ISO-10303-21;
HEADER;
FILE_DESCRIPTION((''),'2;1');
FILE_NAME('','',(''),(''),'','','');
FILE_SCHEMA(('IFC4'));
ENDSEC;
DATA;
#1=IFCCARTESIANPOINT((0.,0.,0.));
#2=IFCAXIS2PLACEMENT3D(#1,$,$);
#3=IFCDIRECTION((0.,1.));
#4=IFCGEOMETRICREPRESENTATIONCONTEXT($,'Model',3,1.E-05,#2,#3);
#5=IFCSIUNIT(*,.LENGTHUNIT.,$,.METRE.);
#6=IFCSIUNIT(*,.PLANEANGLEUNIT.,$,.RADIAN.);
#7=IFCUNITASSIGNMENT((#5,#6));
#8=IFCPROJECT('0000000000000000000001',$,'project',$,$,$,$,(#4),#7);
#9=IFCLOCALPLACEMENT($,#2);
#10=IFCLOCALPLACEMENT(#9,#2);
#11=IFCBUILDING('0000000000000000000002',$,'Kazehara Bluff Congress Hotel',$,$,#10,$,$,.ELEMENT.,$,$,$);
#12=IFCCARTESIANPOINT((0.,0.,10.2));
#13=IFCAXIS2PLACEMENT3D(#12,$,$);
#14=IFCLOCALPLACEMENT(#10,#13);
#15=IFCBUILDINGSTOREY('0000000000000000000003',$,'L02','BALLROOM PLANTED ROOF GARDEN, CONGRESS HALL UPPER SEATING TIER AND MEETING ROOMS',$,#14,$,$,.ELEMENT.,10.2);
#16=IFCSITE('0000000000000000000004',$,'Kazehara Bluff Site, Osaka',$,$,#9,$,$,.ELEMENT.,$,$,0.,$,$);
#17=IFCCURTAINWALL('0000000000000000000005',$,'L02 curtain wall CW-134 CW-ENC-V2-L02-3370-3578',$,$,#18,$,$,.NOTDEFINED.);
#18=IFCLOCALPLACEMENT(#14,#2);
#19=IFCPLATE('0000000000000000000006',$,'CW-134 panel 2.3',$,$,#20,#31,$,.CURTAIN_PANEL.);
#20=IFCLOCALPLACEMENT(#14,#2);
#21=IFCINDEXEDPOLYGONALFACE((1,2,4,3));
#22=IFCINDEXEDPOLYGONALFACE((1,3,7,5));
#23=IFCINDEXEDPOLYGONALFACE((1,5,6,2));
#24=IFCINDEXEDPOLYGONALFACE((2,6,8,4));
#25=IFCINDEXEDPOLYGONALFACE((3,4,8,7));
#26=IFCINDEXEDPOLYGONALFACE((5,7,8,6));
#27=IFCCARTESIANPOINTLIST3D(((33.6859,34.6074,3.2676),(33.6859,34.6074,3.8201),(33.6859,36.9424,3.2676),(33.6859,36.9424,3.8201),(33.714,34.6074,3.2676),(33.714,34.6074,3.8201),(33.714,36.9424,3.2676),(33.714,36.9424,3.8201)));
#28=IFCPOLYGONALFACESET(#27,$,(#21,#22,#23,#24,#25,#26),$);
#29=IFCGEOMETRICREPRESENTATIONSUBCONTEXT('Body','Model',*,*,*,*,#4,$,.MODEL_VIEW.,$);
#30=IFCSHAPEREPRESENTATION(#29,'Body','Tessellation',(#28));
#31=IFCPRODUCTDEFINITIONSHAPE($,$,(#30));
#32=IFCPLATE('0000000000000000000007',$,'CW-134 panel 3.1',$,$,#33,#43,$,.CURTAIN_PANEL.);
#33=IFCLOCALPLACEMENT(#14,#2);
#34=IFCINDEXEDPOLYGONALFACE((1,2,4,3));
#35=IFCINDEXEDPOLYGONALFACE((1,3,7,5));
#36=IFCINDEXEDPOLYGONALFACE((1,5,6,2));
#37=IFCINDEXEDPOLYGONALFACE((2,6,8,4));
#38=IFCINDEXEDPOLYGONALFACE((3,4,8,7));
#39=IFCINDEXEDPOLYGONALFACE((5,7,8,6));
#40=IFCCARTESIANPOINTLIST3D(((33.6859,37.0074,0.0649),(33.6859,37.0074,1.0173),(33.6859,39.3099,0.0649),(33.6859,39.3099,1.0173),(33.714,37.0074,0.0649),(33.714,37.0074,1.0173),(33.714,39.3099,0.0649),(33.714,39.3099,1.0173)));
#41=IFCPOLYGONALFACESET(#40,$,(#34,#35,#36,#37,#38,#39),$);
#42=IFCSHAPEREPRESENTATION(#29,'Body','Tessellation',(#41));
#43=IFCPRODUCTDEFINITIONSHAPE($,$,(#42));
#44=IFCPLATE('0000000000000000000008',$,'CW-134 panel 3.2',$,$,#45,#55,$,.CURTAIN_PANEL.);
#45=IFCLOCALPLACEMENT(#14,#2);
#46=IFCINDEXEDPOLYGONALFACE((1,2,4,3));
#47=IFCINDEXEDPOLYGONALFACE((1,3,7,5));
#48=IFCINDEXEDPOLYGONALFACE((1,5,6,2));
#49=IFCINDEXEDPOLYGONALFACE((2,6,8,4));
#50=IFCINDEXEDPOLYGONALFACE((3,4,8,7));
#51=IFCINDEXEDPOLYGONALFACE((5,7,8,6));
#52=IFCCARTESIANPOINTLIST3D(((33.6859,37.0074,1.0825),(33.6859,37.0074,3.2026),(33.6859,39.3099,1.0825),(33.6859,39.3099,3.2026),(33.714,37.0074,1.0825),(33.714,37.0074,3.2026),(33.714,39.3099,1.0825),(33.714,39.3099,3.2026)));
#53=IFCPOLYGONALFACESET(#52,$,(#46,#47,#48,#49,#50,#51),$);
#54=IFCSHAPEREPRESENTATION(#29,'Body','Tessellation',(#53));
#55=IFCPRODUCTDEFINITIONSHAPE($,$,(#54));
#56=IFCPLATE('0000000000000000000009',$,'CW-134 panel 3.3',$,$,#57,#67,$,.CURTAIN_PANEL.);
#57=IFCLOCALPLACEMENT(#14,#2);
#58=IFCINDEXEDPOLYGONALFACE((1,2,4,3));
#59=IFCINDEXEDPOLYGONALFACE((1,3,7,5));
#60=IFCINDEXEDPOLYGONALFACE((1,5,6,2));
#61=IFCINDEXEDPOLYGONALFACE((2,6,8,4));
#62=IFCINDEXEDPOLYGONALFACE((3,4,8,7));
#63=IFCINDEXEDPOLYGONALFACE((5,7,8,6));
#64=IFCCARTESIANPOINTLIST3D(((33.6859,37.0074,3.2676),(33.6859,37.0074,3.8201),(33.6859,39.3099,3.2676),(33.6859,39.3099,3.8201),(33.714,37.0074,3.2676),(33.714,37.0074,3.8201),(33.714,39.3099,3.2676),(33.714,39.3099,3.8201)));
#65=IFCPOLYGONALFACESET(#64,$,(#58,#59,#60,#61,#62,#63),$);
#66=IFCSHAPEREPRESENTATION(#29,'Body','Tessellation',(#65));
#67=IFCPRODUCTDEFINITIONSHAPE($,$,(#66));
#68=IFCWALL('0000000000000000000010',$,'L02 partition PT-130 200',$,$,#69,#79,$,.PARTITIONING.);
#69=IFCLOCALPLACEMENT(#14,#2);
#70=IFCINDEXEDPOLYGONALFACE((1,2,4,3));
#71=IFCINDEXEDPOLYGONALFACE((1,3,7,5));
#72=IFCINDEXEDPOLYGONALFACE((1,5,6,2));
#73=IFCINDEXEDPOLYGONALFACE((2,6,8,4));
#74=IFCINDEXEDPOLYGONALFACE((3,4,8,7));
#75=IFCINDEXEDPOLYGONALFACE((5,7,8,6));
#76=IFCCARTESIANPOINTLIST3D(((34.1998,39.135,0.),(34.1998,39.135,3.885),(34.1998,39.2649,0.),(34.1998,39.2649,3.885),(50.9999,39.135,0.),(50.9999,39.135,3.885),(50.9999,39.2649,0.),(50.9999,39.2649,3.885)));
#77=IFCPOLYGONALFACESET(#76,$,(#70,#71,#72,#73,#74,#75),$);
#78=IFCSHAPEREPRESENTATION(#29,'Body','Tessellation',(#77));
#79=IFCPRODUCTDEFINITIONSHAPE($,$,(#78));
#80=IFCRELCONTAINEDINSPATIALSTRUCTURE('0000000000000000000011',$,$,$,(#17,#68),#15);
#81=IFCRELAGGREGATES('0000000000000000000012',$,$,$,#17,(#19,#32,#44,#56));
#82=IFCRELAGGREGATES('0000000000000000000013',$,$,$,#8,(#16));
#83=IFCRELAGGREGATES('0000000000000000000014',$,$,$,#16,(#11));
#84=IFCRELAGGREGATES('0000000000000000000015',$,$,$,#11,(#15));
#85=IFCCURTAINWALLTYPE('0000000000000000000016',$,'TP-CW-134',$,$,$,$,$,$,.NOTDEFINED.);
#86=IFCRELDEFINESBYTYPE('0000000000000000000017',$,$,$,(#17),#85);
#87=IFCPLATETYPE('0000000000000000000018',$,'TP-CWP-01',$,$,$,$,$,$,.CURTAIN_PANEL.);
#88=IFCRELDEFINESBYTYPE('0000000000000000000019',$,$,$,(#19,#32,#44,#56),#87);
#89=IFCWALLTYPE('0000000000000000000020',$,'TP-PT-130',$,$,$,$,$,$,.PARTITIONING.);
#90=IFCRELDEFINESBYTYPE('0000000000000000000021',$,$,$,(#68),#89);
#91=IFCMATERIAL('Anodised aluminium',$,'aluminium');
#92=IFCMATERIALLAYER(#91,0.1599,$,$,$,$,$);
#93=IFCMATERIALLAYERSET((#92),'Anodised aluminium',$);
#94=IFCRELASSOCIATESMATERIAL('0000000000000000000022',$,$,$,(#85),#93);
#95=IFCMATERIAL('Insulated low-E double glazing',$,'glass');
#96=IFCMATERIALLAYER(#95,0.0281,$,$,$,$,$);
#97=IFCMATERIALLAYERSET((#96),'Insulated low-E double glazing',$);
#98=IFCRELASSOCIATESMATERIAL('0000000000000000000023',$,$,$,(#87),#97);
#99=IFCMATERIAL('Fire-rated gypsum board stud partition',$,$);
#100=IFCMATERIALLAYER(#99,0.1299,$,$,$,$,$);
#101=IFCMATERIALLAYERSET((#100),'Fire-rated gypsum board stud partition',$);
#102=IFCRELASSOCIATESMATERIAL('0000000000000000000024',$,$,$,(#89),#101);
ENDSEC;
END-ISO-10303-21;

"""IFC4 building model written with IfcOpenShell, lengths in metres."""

from ifc_helpers import new_model, si_unit, direction, frame, frame_2d, origin, origin_2d, place, context, subcontext, project, spatial, rectangle, extrude, material, layer, layer_set, type_object, element, aggregate, save


model = new_model("IFC4")

# Units and contexts
model_context = context("Model", 3, precision=1e-05, world=origin(), true_north=direction((0.0, 1.0)))
body_context = subcontext(model_context, "Body", "Model", "MODEL_VIEW")
ifc_project = project(units=[si_unit("LENGTHUNIT", "METRE"), si_unit("PLANEANGLEUNIT", "RADIAN")], contexts=[model_context])

# Site, building, storey
site_placement = place(None, origin())
site = spatial("IfcSite", under=ifc_project, at=site_placement, Name="Kazehara Bluff Site, Osaka", CompositionType="ELEMENT", RefElevation=0.0)
building_placement = place(site_placement, origin())
building = spatial("IfcBuilding", under=site, at=building_placement, Name="Kazehara Bluff Congress Hotel", CompositionType="ELEMENT")
storey_placement = place(building_placement, frame((0.0, 0.0, 10.2)))
storey = spatial("IfcBuildingStorey", under=building, at=storey_placement, Name="L02", Description="BALLROOM PLANTED ROOF GARDEN, CONGRESS HALL UPPER SEATING TIER AND MEETING ROOMS", CompositionType="ELEMENT", Elevation=10.2)

# Curtain wall
ifc_material_1 = material(Name="Anodised aluminium", Category="aluminium")
ifc_layer_1 = layer(ifc_material_1, 0.1599)
ifc_layer_set_1 = layer_set([ifc_layer_1], Name="Anodised aluminium")
curtain_wall_type_1 = type_object("IfcCurtainWallType", Name="TP-CW-134", PredefinedType="NOTDEFINED", material=ifc_layer_set_1)
curtain_wall_1_placement = place(storey_placement, origin())
curtain_wall_1 = element("IfcCurtainWall", 1, at=curtain_wall_1_placement, inside=storey, type_object=curtain_wall_type_1, Name="L02 curtain wall CW-134 CW-ENC-V2-L02-3370-3578", PredefinedType="NOTDEFINED")

# Shared definitions
ifc_material_2 = material(Name="Insulated low-E double glazing", Category="glass")
ifc_layer_2 = layer(ifc_material_2, 0.0281)
ifc_layer_set_2 = layer_set([ifc_layer_2], Name="Insulated low-E double glazing")
plate_type = type_object("IfcPlateType", Name="TP-CWP-01", PredefinedType="CURTAIN_PANEL", material=ifc_layer_set_2)

# Plates
plate_1_placement = place(storey_placement, frame((33.7, 35.7749, 3.2676), z_axis=(0.0, 0.0, 1.0), x_axis=(0.0, 1.0, 0.0)))
plate_1 = element("IfcPlate", 2, at=plate_1_placement, type_object=plate_type, Name="CW-134 panel 2.3", PredefinedType="CURTAIN_PANEL", context=body_context, shape_type="SweptSolid", body=[
    extrude(rectangle(XDim=2.335, YDim=0.0281, at=origin_2d()), origin(), (0.0, 0.0, 1.0), 0.5525),
])
plate_2_placement = place(storey_placement, frame((33.7, 38.1587, 0.0649), z_axis=(0.0, 0.0, 1.0), x_axis=(0.0, 1.0, 0.0)))
plate_2 = element("IfcPlate", 3, at=plate_2_placement, type_object=plate_type, Name="CW-134 panel 3.1", PredefinedType="CURTAIN_PANEL", context=body_context, shape_type="SweptSolid", body=[
    extrude(rectangle(XDim=2.3025, YDim=0.0281, at=origin_2d()), origin(), (0.0, 0.0, 1.0), 0.9524),
])
plate_3_placement = place(storey_placement, frame((33.7, 38.1587, 1.0825), z_axis=(0.0, 0.0, 1.0), x_axis=(0.0, 1.0, 0.0)))
plate_3 = element("IfcPlate", 4, at=plate_3_placement, type_object=plate_type, Name="CW-134 panel 3.2", PredefinedType="CURTAIN_PANEL", context=body_context, shape_type="SweptSolid", body=[
    extrude(rectangle(XDim=2.3025, YDim=0.0281, at=origin_2d()), origin(), (0.0, 0.0, 1.0), 2.1201),
])
plate_4_placement = place(storey_placement, frame((33.7, 38.1587, 3.2676), z_axis=(0.0, 0.0, 1.0), x_axis=(0.0, 1.0, 0.0)))
plate_4 = element("IfcPlate", 5, at=plate_4_placement, type_object=plate_type, Name="CW-134 panel 3.3", PredefinedType="CURTAIN_PANEL", context=body_context, shape_type="SweptSolid", body=[
    extrude(rectangle(XDim=2.3025, YDim=0.0281, at=origin_2d()), origin(), (0.0, 0.0, 1.0), 0.5525),
])
aggregate(curtain_wall_1, [plate_1, plate_2, plate_3, plate_4])

# Wall
ifc_material_3 = material(Name="Fire-rated gypsum board stud partition")
ifc_layer_3 = layer(ifc_material_3, 0.1299)
ifc_layer_set_3 = layer_set([ifc_layer_3], Name="Fire-rated gypsum board stud partition")
wall_type = type_object("IfcWallType", Name="TP-PT-130", PredefinedType="PARTITIONING", material=ifc_layer_set_3)
wall_placement = place(storey_placement, frame((34.2, 39.2, 0.0), z_axis=(0.0, 0.0, 1.0), x_axis=(1.0, 0.0, 0.0)))
element("IfcWall", 6, at=wall_placement, inside=storey, type_object=wall_type, Name="L02 partition PT-130 200", PredefinedType="PARTITIONING", context=body_context, shape_type="SweptSolid", body=[
    extrude(rectangle(XDim=16.8, YDim=0.1299, at=frame_2d((8.3999, 0.0))), origin(), (0.0, 0.0, 1.0), 3.885),
])

save(model, "model.ifc")
